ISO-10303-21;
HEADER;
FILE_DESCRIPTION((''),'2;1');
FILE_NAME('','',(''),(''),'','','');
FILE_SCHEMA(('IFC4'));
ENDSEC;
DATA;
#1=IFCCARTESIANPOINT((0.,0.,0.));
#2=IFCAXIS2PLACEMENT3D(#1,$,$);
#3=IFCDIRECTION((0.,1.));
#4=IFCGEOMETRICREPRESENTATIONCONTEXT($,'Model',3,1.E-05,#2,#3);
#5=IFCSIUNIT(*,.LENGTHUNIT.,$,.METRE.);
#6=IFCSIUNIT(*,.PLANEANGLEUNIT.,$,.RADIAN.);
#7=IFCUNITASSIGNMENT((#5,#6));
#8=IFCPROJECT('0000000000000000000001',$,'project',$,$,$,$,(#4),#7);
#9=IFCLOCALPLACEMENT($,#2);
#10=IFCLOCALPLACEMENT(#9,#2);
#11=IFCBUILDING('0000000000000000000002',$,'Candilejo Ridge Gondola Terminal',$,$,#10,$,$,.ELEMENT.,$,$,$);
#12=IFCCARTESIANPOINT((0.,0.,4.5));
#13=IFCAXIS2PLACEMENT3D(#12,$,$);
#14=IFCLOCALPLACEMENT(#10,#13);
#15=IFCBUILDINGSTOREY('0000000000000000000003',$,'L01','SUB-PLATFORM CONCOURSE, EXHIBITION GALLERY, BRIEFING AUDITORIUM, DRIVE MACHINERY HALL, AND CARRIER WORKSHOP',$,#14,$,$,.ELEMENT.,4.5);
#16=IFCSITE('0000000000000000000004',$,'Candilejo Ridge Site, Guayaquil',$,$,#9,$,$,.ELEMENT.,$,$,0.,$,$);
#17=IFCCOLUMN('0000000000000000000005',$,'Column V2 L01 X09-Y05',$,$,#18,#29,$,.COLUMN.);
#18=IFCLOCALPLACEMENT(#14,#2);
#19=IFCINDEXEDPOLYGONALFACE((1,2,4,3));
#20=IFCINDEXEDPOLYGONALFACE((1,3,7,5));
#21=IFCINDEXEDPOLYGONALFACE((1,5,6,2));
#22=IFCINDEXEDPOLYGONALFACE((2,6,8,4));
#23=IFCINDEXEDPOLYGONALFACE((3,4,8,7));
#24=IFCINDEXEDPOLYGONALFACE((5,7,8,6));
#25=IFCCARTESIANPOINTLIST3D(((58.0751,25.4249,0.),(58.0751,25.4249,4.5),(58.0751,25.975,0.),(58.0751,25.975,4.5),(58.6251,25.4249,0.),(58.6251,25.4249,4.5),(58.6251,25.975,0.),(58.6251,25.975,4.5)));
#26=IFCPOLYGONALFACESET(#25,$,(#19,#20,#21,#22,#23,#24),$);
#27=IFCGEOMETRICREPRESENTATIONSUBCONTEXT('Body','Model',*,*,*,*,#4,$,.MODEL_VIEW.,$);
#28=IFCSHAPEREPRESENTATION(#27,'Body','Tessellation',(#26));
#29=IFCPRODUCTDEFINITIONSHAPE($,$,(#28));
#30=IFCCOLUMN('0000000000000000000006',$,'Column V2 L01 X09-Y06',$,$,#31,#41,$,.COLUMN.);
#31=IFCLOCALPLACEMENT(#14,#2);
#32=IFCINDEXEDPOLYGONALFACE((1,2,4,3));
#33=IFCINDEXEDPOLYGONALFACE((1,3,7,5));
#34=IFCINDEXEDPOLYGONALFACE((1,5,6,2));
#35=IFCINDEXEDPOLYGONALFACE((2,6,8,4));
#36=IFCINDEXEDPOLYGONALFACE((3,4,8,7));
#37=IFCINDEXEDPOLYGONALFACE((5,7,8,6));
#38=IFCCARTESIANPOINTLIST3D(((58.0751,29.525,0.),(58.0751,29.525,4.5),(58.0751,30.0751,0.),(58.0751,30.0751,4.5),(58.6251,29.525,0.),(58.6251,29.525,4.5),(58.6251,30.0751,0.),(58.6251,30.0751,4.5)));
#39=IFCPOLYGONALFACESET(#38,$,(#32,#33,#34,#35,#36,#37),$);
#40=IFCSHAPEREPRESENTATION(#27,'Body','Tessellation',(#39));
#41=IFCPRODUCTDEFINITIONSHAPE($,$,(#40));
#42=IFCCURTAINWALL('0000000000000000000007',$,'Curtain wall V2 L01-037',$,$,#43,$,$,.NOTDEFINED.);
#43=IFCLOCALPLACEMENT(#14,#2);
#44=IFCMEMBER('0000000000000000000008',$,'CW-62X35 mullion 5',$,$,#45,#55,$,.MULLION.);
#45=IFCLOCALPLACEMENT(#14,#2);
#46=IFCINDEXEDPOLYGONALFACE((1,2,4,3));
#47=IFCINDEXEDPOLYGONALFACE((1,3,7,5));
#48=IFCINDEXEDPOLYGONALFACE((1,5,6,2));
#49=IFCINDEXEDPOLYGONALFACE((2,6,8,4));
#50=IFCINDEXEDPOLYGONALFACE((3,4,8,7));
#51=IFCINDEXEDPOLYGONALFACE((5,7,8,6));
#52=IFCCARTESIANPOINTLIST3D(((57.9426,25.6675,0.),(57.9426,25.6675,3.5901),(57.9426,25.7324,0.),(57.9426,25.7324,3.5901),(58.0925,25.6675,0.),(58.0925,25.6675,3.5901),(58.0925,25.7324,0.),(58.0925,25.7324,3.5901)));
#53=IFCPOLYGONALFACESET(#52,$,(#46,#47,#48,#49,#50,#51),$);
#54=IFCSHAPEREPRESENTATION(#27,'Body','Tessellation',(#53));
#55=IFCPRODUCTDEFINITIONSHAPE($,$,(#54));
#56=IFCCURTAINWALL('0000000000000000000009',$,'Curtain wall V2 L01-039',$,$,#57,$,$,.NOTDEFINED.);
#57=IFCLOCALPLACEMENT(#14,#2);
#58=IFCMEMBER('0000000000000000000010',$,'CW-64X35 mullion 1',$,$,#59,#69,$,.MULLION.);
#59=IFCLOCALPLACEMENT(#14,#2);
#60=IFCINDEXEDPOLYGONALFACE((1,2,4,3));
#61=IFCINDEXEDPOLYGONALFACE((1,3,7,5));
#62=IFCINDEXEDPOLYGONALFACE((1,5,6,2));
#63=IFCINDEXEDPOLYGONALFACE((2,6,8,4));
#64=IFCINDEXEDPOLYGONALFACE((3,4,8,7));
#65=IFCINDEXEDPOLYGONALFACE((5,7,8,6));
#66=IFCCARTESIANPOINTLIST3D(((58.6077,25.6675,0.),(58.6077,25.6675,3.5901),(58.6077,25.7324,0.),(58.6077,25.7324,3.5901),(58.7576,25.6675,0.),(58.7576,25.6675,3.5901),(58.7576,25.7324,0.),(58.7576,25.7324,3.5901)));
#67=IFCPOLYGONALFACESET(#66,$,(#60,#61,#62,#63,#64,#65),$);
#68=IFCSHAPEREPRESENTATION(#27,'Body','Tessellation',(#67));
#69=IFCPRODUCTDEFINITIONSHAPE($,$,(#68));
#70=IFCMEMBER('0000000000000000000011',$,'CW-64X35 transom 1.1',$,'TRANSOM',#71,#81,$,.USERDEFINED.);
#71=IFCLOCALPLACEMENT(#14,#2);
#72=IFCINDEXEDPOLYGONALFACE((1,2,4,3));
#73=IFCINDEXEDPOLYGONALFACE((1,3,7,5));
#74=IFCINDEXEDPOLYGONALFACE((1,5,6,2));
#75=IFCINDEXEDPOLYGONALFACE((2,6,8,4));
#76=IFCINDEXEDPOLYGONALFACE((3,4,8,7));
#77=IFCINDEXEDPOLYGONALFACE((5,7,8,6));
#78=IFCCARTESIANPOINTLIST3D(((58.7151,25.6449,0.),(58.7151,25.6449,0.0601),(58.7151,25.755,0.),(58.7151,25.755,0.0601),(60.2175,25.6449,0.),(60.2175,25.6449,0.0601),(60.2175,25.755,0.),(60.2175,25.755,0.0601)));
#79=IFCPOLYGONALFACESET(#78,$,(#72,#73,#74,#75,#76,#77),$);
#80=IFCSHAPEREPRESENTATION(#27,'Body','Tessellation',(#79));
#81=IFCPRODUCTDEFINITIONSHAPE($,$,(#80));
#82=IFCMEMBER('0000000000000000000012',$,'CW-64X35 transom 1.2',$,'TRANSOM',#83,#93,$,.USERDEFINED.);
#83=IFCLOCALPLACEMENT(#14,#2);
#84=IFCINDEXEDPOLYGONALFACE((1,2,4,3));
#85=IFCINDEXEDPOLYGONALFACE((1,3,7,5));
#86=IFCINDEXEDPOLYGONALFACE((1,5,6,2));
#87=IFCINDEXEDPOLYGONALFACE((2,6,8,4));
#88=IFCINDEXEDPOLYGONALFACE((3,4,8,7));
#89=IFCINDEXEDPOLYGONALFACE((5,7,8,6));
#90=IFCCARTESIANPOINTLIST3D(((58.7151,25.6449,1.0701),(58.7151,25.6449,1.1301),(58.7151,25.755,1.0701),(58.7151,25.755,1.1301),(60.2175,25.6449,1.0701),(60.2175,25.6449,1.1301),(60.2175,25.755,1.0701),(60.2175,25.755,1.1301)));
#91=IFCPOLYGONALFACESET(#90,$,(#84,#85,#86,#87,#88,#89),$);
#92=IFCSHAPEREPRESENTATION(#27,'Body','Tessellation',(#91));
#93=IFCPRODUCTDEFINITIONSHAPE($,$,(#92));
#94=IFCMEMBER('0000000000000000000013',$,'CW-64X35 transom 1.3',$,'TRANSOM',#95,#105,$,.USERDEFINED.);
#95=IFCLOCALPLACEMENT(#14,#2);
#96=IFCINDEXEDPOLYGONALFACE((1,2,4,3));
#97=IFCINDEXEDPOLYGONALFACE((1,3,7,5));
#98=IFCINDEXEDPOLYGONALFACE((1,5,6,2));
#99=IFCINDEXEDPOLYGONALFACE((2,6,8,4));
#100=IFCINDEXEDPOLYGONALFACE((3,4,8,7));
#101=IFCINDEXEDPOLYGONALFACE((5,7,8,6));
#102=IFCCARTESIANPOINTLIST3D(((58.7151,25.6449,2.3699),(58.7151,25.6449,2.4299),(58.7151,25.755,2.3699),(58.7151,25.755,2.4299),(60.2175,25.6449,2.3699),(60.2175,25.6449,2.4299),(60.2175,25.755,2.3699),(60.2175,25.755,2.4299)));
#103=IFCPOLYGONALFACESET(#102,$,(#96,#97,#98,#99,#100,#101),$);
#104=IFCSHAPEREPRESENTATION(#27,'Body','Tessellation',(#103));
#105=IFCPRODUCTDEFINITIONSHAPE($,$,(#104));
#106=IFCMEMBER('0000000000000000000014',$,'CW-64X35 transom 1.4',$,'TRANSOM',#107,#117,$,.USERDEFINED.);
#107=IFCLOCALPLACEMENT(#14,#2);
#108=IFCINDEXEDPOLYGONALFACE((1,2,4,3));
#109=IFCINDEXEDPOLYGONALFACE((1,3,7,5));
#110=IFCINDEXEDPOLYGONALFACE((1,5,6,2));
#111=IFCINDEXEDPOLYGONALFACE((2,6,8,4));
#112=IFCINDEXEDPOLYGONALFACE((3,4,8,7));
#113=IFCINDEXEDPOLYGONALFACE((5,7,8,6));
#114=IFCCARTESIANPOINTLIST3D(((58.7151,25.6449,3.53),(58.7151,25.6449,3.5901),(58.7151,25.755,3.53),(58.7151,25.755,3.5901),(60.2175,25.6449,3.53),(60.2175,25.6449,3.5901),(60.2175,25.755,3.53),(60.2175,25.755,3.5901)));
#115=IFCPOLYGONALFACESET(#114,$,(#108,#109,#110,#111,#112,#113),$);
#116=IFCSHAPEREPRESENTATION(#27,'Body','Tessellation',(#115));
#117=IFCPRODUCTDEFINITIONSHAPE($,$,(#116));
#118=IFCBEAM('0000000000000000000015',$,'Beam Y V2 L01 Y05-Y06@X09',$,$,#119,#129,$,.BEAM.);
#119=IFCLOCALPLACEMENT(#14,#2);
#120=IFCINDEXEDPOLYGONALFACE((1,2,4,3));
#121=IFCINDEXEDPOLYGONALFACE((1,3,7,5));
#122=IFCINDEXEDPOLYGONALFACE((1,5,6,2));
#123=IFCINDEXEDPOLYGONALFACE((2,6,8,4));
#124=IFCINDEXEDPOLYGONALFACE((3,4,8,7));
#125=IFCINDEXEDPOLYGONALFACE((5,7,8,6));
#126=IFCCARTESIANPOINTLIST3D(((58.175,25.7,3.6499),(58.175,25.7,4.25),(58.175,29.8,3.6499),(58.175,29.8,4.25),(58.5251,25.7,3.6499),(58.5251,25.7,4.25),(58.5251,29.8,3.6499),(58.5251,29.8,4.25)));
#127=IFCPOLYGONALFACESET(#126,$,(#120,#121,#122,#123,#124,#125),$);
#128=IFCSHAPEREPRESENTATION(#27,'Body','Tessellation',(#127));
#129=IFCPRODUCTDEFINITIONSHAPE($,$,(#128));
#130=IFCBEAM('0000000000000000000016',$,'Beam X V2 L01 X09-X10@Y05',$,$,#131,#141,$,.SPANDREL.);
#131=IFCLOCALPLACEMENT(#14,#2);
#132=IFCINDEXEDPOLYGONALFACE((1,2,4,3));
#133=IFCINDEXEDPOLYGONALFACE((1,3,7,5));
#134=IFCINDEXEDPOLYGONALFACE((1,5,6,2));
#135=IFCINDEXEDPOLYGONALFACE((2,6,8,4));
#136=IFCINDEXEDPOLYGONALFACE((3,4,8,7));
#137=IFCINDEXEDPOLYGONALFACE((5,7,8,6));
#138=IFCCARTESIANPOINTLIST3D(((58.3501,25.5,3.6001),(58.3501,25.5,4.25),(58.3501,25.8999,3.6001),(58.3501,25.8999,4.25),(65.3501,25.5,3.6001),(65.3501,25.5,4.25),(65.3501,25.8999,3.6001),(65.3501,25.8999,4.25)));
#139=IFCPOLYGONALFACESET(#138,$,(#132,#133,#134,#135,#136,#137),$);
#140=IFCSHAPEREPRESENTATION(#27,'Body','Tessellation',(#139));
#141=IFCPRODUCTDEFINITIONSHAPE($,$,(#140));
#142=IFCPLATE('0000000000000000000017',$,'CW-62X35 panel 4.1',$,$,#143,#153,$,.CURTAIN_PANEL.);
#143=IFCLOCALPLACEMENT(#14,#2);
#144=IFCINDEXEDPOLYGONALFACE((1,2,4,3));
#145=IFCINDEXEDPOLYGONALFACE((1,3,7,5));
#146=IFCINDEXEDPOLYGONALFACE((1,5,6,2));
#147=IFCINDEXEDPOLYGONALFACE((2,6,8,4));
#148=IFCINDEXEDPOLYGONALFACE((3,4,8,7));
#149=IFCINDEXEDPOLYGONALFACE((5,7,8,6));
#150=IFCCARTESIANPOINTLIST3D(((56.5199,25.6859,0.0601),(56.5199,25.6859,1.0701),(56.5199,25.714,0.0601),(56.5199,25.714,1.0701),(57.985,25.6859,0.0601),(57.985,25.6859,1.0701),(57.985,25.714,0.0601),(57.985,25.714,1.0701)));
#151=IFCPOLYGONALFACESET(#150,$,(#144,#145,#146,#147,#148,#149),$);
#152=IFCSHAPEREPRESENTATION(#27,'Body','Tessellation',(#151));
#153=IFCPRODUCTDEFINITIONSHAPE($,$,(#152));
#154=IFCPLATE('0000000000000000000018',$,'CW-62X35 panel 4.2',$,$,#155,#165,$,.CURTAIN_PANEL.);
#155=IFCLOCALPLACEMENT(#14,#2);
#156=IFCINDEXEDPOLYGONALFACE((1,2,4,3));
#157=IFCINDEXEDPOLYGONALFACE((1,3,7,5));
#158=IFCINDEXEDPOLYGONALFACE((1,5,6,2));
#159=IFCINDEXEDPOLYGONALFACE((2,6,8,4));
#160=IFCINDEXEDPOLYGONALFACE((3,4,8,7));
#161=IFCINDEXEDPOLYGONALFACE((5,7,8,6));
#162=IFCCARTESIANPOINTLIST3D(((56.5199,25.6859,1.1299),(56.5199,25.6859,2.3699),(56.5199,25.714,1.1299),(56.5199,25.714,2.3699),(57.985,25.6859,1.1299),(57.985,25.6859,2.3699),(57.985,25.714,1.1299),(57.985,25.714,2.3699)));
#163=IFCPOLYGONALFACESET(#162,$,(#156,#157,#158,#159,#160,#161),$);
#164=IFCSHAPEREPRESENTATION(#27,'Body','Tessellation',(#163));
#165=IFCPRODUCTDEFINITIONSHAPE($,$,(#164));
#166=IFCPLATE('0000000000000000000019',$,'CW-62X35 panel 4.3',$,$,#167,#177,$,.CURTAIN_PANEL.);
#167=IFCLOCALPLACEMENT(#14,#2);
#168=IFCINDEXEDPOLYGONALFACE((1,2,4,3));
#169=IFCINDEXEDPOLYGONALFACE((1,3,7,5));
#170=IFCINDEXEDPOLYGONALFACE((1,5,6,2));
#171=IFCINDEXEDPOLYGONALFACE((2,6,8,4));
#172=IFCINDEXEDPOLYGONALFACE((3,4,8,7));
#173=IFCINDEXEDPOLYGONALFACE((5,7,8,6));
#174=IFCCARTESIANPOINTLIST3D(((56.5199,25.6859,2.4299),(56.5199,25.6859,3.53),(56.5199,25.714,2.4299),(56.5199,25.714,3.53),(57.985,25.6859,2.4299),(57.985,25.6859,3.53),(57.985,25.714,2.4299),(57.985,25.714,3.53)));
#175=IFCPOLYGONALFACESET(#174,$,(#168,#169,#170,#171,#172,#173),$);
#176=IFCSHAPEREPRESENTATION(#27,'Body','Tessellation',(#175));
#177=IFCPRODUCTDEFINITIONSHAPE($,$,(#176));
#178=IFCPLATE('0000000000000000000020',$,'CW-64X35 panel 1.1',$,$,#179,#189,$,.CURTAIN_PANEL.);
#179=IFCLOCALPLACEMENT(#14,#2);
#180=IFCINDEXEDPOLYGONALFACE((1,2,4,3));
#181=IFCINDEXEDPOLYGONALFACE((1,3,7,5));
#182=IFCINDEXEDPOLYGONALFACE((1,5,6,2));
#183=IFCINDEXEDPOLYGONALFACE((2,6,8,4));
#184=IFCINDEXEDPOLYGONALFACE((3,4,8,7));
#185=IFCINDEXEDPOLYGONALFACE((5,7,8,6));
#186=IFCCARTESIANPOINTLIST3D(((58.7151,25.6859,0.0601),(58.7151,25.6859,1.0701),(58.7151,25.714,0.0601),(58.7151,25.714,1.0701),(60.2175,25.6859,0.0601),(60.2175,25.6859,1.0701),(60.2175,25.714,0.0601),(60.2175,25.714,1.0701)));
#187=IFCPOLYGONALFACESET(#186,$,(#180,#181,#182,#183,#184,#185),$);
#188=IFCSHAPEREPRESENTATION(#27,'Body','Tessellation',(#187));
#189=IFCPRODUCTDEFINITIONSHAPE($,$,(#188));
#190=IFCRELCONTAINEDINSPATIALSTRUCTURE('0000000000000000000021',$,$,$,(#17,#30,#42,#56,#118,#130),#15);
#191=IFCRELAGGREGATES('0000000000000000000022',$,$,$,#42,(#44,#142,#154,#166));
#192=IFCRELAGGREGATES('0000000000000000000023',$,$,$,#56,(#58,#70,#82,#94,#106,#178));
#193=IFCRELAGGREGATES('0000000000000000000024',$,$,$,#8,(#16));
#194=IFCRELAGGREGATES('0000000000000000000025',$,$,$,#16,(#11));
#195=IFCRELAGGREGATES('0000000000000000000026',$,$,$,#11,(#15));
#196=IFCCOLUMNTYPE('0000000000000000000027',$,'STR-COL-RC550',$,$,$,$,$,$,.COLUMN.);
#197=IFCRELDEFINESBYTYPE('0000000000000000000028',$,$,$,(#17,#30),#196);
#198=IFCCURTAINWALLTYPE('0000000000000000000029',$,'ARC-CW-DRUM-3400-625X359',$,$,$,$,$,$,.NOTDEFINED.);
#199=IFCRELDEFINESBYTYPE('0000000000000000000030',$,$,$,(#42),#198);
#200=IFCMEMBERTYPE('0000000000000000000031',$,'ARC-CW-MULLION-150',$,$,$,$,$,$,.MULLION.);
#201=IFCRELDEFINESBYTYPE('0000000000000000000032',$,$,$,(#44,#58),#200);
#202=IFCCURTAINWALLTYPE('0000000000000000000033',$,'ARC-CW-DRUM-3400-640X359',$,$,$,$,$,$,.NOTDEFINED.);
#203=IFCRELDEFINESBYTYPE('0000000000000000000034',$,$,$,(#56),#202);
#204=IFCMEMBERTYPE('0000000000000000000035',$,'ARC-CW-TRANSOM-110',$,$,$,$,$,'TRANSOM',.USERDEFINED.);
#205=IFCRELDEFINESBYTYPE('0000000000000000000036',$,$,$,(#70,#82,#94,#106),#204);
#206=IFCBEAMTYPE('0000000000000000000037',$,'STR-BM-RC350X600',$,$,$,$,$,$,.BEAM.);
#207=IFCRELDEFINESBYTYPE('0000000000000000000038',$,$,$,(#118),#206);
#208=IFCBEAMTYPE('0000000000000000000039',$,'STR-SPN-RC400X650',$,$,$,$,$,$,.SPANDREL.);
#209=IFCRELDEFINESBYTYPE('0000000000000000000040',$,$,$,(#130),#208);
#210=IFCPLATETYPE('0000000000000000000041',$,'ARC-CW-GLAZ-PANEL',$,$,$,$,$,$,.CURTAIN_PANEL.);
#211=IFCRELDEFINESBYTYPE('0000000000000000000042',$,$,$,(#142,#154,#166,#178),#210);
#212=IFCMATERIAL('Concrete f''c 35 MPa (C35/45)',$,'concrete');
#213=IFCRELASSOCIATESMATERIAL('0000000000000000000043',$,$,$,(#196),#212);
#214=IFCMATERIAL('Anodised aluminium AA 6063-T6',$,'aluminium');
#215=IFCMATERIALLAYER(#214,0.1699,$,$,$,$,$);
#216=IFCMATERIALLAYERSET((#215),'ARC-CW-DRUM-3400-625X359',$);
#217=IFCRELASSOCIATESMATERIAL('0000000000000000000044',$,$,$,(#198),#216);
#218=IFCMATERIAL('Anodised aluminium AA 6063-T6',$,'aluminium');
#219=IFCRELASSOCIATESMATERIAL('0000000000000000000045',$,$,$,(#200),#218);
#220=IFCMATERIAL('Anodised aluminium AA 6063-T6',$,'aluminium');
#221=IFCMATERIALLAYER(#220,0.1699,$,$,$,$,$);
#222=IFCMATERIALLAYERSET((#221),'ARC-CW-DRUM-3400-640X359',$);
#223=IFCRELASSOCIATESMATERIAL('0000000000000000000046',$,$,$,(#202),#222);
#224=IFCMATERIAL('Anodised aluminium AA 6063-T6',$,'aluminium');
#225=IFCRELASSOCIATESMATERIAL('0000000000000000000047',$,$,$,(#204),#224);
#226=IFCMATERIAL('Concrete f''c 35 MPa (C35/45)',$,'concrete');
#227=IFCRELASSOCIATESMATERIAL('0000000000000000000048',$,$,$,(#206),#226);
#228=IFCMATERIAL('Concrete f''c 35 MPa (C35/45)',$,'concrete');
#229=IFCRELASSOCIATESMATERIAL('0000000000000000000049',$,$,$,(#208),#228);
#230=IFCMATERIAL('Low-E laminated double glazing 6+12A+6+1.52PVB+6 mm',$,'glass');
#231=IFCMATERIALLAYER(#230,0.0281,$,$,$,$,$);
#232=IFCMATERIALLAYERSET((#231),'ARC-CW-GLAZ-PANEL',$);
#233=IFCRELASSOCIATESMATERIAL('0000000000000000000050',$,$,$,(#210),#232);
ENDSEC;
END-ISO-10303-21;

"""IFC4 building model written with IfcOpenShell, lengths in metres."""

from ifc_helpers import new_model, si_unit, direction, frame, origin, origin_2d, place, context, subcontext, project, spatial, rectangle, extrude, material, layer, layer_set, material_profile, profile_set, type_object, element, aggregate, save


model = new_model("IFC4")

# Units and contexts
model_context = context("Model", 3, precision=1e-05, world=origin(), true_north=direction((0.0, 1.0)))
body_context = subcontext(model_context, "Body", "Model", "MODEL_VIEW")
ifc_project = project(units=[si_unit("LENGTHUNIT", "METRE"), si_unit("PLANEANGLEUNIT", "RADIAN")], contexts=[model_context])

# Site, building, storey
site_placement = place(None, origin())
site = spatial("IfcSite", under=ifc_project, at=site_placement, Name="Candilejo Ridge Site, Guayaquil", CompositionType="ELEMENT", RefElevation=0.0)
building_placement = place(site_placement, origin())
building = spatial("IfcBuilding", under=site, at=building_placement, Name="Candilejo Ridge Gondola Terminal", CompositionType="ELEMENT")
storey_placement = place(building_placement, frame((0.0, 0.0, 4.5)))
storey = spatial("IfcBuildingStorey", under=building, at=storey_placement, Name="L01", Description="SUB-PLATFORM CONCOURSE, EXHIBITION GALLERY, BRIEFING AUDITORIUM, DRIVE MACHINERY HALL, AND CARRIER WORKSHOP", CompositionType="ELEMENT", Elevation=4.5)

# Columns
ifc_material_1 = material(Name="Concrete f'c 35 MPa (C35/45)", Category="concrete")
ifc_material_profile_1 = material_profile(ifc_material_1, rectangle(XDim=0.55, YDim=0.55, at=origin_2d()))
ifc_profile_set_1 = profile_set([ifc_material_profile_1], Name="Concrete f'c 35 MPa (C35/45)")
column_type = type_object("IfcColumnType", Name="STR-COL-RC550", PredefinedType="COLUMN", material=ifc_profile_set_1)
for number, where, z_axis, x_axis, name in (
    (1, (58.3501, 25.7, 0.0), (0.0, 0.0, 1.0), (1.0, 0.0, 0.0), "Column V2 L01 X09-Y05"),
    (2, (58.3501, 29.8, 0.0), (0.0, 0.0, 1.0), (1.0, 0.0, 0.0), "Column V2 L01 X09-Y06"),
):
    element("IfcColumn", number, at=place(storey_placement, frame(where, z_axis=z_axis, x_axis=x_axis)), inside=storey, type_object=column_type, Name=name, PredefinedType="COLUMN", context=body_context, shape_type="SweptSolid", body=[
        extrude(rectangle(XDim=0.55, YDim=0.55, at=origin_2d()), origin(), (0.0, 0.0, 1.0), 4.5),
    ])

# Curtain wall, member
ifc_material_2 = material(Name="Anodised aluminium AA 6063-T6", Category="aluminium")
ifc_layer_1 = layer(ifc_material_2, 0.1699)
ifc_layer_set_1 = layer_set([ifc_layer_1], Name="ARC-CW-DRUM-3400-625X359")
curtain_wall_type_1 = type_object("IfcCurtainWallType", Name="ARC-CW-DRUM-3400-625X359", PredefinedType="NOTDEFINED", material=ifc_layer_set_1)
curtain_wall_1_placement = place(storey_placement, origin())
curtain_wall_1 = element("IfcCurtainWall", 3, at=curtain_wall_1_placement, inside=storey, type_object=curtain_wall_type_1, Name="Curtain wall V2 L01-037", PredefinedType="NOTDEFINED")
ifc_material_3 = material(Name="Anodised aluminium AA 6063-T6", Category="aluminium")
ifc_material_profile_2 = material_profile(ifc_material_3, rectangle(XDim=0.0649, YDim=0.1499, at=origin_2d()))
ifc_profile_set_2 = profile_set([ifc_material_profile_2], Name="Anodised aluminium AA 6063-T6")
member_type_1 = type_object("IfcMemberType", Name="ARC-CW-MULLION-150", PredefinedType="MULLION", material=ifc_profile_set_2)
member_1_placement = place(storey_placement, frame((58.0176, 25.7, 0.0), z_axis=(0.0, 0.0, 1.0), x_axis=(0.0, 1.0, 0.0)))
member_1 = element("IfcMember", 4, at=member_1_placement, type_object=member_type_1, Name="CW-62X35 mullion 5", PredefinedType="MULLION", context=body_context, shape_type="SweptSolid", body=[
    extrude(rectangle(XDim=0.0649, YDim=0.1499, at=origin_2d()), origin(), (0.0, 0.0, 1.0), 3.5901),
])

# Curtain wall, members
ifc_material_4 = material(Name="Anodised aluminium AA 6063-T6", Category="aluminium")
ifc_layer_2 = layer(ifc_material_4, 0.1699)
ifc_layer_set_2 = layer_set([ifc_layer_2], Name="ARC-CW-DRUM-3400-640X359")
curtain_wall_type_2 = type_object("IfcCurtainWallType", Name="ARC-CW-DRUM-3400-640X359", PredefinedType="NOTDEFINED", material=ifc_layer_set_2)
curtain_wall_2_placement = place(storey_placement, origin())
curtain_wall_2 = element("IfcCurtainWall", 5, at=curtain_wall_2_placement, inside=storey, type_object=curtain_wall_type_2, Name="Curtain wall V2 L01-039", PredefinedType="NOTDEFINED")
member_2_placement = place(storey_placement, frame((58.6826, 25.7, 0.0), z_axis=(0.0, 0.0, 1.0), x_axis=(0.0, 1.0, 0.0)))
member_2 = element("IfcMember", 6, at=member_2_placement, type_object=member_type_1, Name="CW-64X35 mullion 1", PredefinedType="MULLION", context=body_context, shape_type="SweptSolid", body=[
    extrude(rectangle(XDim=0.0649, YDim=0.1499, at=origin_2d()), origin(), (0.0, 0.0, 1.0), 3.5901),
])
ifc_material_5 = material(Name="Anodised aluminium AA 6063-T6", Category="aluminium")
ifc_material_profile_3 = material_profile(ifc_material_5, rectangle(XDim=0.1101, YDim=0.0601, at=origin_2d()))
ifc_profile_set_3 = profile_set([ifc_material_profile_3], Name="Anodised aluminium AA 6063-T6")
member_type_2 = type_object("IfcMemberType", Name="ARC-CW-TRANSOM-110", ElementType="TRANSOM", PredefinedType="USERDEFINED", material=ifc_profile_set_3)
member_3_placement = place(storey_placement, frame((58.7151, 25.7, 0.03), z_axis=(1.0, 0.0, 0.0), x_axis=(0.0, 1.0, 0.0)))
member_3 = element("IfcMember", 7, at=member_3_placement, type_object=member_type_2, Name="CW-64X35 transom 1.1", ObjectType="TRANSOM", PredefinedType="USERDEFINED", context=body_context, shape_type="SweptSolid", body=[
    extrude(rectangle(XDim=0.1101, YDim=0.0601, at=origin_2d()), origin(), (0.0, 0.0, 1.0), 1.5024),
])
member_4_placement = place(storey_placement, frame((58.7151, 25.7, 1.1001), z_axis=(1.0, 0.0, 0.0), x_axis=(0.0, 1.0, 0.0)))
member_4 = element("IfcMember", 8, at=member_4_placement, type_object=member_type_2, Name="CW-64X35 transom 1.2", ObjectType="TRANSOM", PredefinedType="USERDEFINED", context=body_context, shape_type="SweptSolid", body=[
    extrude(rectangle(XDim=0.1101, YDim=0.0601, at=origin_2d()), origin(), (0.0, 0.0, 1.0), 1.5024),
])
member_5_placement = place(storey_placement, frame((58.7151, 25.7, 2.3999), z_axis=(1.0, 0.0, 0.0), x_axis=(0.0, 1.0, 0.0)))
member_5 = element("IfcMember", 9, at=member_5_placement, type_object=member_type_2, Name="CW-64X35 transom 1.3", ObjectType="TRANSOM", PredefinedType="USERDEFINED", context=body_context, shape_type="SweptSolid", body=[
    extrude(rectangle(XDim=0.1101, YDim=0.0601, at=origin_2d()), origin(), (0.0, 0.0, 1.0), 1.5024),
])
member_6_placement = place(storey_placement, frame((58.7151, 25.7, 3.5601), z_axis=(1.0, 0.0, 0.0), x_axis=(0.0, 1.0, 0.0)))
member_6 = element("IfcMember", 10, at=member_6_placement, type_object=member_type_2, Name="CW-64X35 transom 1.4", ObjectType="TRANSOM", PredefinedType="USERDEFINED", context=body_context, shape_type="SweptSolid", body=[
    extrude(rectangle(XDim=0.1101, YDim=0.0601, at=origin_2d()), origin(), (0.0, 0.0, 1.0), 1.5024),
])

# Beams
ifc_material_6 = material(Name="Concrete f'c 35 MPa (C35/45)", Category="concrete")
ifc_material_profile_4 = material_profile(ifc_material_6, rectangle(XDim=0.3501, YDim=0.6001, at=origin_2d()))
ifc_profile_set_4 = profile_set([ifc_material_profile_4], Name="Concrete f'c 35 MPa (C35/45)")
beam_type_1 = type_object("IfcBeamType", Name="STR-BM-RC350X600", PredefinedType="BEAM", material=ifc_profile_set_4)
beam_1_placement = place(storey_placement, frame((58.3501, 25.7, 3.95), z_axis=(0.0, 1.0, 0.0), x_axis=(-1.0, 0.0, 0.0)))
element("IfcBeam", 11, at=beam_1_placement, inside=storey, type_object=beam_type_1, Name="Beam Y V2 L01 Y05-Y06@X09", PredefinedType="BEAM", context=body_context, shape_type="SweptSolid", body=[
    extrude(rectangle(XDim=0.3501, YDim=0.6001, at=origin_2d()), origin(), (0.0, 0.0, 1.0), 4.1001),
])
ifc_material_7 = material(Name="Concrete f'c 35 MPa (C35/45)", Category="concrete")
ifc_material_profile_5 = material_profile(ifc_material_7, rectangle(XDim=0.3999, YDim=0.6499, at=origin_2d()))
ifc_profile_set_5 = profile_set([ifc_material_profile_5], Name="Concrete f'c 35 MPa (C35/45)")
beam_type_2 = type_object("IfcBeamType", Name="STR-SPN-RC400X650", PredefinedType="SPANDREL", material=ifc_profile_set_5)
beam_2_placement = place(storey_placement, frame((58.3501, 25.7, 3.925), z_axis=(1.0, 0.0, 0.0), x_axis=(0.0, 1.0, 0.0)))
element("IfcBeam", 12, at=beam_2_placement, inside=storey, type_object=beam_type_2, Name="Beam X V2 L01 X09-X10@Y05", PredefinedType="SPANDREL", context=body_context, shape_type="SweptSolid", body=[
    extrude(rectangle(XDim=0.3999, YDim=0.6499, at=origin_2d()), origin(), (0.0, 0.0, 1.0), 7.0),
])

# Plates
ifc_material_8 = material(Name="Low-E laminated double glazing 6+12A+6+1.52PVB+6 mm", Category="glass")
ifc_layer_3 = layer(ifc_material_8, 0.0281)
ifc_layer_set_3 = layer_set([ifc_layer_3], Name="ARC-CW-GLAZ-PANEL")
plate_type = type_object("IfcPlateType", Name="ARC-CW-GLAZ-PANEL", PredefinedType="CURTAIN_PANEL", material=ifc_layer_set_3)
plate_1_placement = place(storey_placement, frame((57.2524, 25.7, 0.0601), z_axis=(0.0, 0.0, 1.0), x_axis=(1.0, 0.0, 0.0)))
plate_1 = element("IfcPlate", 13, at=plate_1_placement, type_object=plate_type, Name="CW-62X35 panel 4.1", PredefinedType="CURTAIN_PANEL", context=body_context, shape_type="SweptSolid", body=[
    extrude(rectangle(XDim=1.4651, YDim=0.0281, at=origin_2d()), origin(), (0.0, 0.0, 1.0), 1.01),
])
plate_2_placement = place(storey_placement, frame((57.2524, 25.7, 1.1299), z_axis=(0.0, 0.0, 1.0), x_axis=(1.0, 0.0, 0.0)))
plate_2 = element("IfcPlate", 14, at=plate_2_placement, type_object=plate_type, Name="CW-62X35 panel 4.2", PredefinedType="CURTAIN_PANEL", context=body_context, shape_type="SweptSolid", body=[
    extrude(rectangle(XDim=1.4651, YDim=0.0281, at=origin_2d()), origin(), (0.0, 0.0, 1.0), 1.24),
])
plate_3_placement = place(storey_placement, frame((57.2524, 25.7, 2.4299), z_axis=(0.0, 0.0, 1.0), x_axis=(1.0, 0.0, 0.0)))
plate_3 = element("IfcPlate", 15, at=plate_3_placement, type_object=plate_type, Name="CW-62X35 panel 4.3", PredefinedType="CURTAIN_PANEL", context=body_context, shape_type="SweptSolid", body=[
    extrude(rectangle(XDim=1.4651, YDim=0.0281, at=origin_2d()), origin(), (0.0, 0.0, 1.0), 1.1001),
])
aggregate(curtain_wall_1, [member_1, plate_1, plate_2, plate_3])
plate_4_placement = place(storey_placement, frame((59.4663, 25.7, 0.0601), z_axis=(0.0, 0.0, 1.0), x_axis=(1.0, 0.0, 0.0)))
plate_4 = element("IfcPlate", 16, at=plate_4_placement, type_object=plate_type, Name="CW-64X35 panel 1.1", PredefinedType="CURTAIN_PANEL", context=body_context, shape_type="SweptSolid", body=[
    extrude(rectangle(XDim=1.5024, YDim=0.0281, at=origin_2d()), origin(), (0.0, 0.0, 1.0), 1.01),
])
aggregate(curtain_wall_2, [member_2, member_3, member_4, member_5, member_6, plate_4])

save(model, "model.ifc")
